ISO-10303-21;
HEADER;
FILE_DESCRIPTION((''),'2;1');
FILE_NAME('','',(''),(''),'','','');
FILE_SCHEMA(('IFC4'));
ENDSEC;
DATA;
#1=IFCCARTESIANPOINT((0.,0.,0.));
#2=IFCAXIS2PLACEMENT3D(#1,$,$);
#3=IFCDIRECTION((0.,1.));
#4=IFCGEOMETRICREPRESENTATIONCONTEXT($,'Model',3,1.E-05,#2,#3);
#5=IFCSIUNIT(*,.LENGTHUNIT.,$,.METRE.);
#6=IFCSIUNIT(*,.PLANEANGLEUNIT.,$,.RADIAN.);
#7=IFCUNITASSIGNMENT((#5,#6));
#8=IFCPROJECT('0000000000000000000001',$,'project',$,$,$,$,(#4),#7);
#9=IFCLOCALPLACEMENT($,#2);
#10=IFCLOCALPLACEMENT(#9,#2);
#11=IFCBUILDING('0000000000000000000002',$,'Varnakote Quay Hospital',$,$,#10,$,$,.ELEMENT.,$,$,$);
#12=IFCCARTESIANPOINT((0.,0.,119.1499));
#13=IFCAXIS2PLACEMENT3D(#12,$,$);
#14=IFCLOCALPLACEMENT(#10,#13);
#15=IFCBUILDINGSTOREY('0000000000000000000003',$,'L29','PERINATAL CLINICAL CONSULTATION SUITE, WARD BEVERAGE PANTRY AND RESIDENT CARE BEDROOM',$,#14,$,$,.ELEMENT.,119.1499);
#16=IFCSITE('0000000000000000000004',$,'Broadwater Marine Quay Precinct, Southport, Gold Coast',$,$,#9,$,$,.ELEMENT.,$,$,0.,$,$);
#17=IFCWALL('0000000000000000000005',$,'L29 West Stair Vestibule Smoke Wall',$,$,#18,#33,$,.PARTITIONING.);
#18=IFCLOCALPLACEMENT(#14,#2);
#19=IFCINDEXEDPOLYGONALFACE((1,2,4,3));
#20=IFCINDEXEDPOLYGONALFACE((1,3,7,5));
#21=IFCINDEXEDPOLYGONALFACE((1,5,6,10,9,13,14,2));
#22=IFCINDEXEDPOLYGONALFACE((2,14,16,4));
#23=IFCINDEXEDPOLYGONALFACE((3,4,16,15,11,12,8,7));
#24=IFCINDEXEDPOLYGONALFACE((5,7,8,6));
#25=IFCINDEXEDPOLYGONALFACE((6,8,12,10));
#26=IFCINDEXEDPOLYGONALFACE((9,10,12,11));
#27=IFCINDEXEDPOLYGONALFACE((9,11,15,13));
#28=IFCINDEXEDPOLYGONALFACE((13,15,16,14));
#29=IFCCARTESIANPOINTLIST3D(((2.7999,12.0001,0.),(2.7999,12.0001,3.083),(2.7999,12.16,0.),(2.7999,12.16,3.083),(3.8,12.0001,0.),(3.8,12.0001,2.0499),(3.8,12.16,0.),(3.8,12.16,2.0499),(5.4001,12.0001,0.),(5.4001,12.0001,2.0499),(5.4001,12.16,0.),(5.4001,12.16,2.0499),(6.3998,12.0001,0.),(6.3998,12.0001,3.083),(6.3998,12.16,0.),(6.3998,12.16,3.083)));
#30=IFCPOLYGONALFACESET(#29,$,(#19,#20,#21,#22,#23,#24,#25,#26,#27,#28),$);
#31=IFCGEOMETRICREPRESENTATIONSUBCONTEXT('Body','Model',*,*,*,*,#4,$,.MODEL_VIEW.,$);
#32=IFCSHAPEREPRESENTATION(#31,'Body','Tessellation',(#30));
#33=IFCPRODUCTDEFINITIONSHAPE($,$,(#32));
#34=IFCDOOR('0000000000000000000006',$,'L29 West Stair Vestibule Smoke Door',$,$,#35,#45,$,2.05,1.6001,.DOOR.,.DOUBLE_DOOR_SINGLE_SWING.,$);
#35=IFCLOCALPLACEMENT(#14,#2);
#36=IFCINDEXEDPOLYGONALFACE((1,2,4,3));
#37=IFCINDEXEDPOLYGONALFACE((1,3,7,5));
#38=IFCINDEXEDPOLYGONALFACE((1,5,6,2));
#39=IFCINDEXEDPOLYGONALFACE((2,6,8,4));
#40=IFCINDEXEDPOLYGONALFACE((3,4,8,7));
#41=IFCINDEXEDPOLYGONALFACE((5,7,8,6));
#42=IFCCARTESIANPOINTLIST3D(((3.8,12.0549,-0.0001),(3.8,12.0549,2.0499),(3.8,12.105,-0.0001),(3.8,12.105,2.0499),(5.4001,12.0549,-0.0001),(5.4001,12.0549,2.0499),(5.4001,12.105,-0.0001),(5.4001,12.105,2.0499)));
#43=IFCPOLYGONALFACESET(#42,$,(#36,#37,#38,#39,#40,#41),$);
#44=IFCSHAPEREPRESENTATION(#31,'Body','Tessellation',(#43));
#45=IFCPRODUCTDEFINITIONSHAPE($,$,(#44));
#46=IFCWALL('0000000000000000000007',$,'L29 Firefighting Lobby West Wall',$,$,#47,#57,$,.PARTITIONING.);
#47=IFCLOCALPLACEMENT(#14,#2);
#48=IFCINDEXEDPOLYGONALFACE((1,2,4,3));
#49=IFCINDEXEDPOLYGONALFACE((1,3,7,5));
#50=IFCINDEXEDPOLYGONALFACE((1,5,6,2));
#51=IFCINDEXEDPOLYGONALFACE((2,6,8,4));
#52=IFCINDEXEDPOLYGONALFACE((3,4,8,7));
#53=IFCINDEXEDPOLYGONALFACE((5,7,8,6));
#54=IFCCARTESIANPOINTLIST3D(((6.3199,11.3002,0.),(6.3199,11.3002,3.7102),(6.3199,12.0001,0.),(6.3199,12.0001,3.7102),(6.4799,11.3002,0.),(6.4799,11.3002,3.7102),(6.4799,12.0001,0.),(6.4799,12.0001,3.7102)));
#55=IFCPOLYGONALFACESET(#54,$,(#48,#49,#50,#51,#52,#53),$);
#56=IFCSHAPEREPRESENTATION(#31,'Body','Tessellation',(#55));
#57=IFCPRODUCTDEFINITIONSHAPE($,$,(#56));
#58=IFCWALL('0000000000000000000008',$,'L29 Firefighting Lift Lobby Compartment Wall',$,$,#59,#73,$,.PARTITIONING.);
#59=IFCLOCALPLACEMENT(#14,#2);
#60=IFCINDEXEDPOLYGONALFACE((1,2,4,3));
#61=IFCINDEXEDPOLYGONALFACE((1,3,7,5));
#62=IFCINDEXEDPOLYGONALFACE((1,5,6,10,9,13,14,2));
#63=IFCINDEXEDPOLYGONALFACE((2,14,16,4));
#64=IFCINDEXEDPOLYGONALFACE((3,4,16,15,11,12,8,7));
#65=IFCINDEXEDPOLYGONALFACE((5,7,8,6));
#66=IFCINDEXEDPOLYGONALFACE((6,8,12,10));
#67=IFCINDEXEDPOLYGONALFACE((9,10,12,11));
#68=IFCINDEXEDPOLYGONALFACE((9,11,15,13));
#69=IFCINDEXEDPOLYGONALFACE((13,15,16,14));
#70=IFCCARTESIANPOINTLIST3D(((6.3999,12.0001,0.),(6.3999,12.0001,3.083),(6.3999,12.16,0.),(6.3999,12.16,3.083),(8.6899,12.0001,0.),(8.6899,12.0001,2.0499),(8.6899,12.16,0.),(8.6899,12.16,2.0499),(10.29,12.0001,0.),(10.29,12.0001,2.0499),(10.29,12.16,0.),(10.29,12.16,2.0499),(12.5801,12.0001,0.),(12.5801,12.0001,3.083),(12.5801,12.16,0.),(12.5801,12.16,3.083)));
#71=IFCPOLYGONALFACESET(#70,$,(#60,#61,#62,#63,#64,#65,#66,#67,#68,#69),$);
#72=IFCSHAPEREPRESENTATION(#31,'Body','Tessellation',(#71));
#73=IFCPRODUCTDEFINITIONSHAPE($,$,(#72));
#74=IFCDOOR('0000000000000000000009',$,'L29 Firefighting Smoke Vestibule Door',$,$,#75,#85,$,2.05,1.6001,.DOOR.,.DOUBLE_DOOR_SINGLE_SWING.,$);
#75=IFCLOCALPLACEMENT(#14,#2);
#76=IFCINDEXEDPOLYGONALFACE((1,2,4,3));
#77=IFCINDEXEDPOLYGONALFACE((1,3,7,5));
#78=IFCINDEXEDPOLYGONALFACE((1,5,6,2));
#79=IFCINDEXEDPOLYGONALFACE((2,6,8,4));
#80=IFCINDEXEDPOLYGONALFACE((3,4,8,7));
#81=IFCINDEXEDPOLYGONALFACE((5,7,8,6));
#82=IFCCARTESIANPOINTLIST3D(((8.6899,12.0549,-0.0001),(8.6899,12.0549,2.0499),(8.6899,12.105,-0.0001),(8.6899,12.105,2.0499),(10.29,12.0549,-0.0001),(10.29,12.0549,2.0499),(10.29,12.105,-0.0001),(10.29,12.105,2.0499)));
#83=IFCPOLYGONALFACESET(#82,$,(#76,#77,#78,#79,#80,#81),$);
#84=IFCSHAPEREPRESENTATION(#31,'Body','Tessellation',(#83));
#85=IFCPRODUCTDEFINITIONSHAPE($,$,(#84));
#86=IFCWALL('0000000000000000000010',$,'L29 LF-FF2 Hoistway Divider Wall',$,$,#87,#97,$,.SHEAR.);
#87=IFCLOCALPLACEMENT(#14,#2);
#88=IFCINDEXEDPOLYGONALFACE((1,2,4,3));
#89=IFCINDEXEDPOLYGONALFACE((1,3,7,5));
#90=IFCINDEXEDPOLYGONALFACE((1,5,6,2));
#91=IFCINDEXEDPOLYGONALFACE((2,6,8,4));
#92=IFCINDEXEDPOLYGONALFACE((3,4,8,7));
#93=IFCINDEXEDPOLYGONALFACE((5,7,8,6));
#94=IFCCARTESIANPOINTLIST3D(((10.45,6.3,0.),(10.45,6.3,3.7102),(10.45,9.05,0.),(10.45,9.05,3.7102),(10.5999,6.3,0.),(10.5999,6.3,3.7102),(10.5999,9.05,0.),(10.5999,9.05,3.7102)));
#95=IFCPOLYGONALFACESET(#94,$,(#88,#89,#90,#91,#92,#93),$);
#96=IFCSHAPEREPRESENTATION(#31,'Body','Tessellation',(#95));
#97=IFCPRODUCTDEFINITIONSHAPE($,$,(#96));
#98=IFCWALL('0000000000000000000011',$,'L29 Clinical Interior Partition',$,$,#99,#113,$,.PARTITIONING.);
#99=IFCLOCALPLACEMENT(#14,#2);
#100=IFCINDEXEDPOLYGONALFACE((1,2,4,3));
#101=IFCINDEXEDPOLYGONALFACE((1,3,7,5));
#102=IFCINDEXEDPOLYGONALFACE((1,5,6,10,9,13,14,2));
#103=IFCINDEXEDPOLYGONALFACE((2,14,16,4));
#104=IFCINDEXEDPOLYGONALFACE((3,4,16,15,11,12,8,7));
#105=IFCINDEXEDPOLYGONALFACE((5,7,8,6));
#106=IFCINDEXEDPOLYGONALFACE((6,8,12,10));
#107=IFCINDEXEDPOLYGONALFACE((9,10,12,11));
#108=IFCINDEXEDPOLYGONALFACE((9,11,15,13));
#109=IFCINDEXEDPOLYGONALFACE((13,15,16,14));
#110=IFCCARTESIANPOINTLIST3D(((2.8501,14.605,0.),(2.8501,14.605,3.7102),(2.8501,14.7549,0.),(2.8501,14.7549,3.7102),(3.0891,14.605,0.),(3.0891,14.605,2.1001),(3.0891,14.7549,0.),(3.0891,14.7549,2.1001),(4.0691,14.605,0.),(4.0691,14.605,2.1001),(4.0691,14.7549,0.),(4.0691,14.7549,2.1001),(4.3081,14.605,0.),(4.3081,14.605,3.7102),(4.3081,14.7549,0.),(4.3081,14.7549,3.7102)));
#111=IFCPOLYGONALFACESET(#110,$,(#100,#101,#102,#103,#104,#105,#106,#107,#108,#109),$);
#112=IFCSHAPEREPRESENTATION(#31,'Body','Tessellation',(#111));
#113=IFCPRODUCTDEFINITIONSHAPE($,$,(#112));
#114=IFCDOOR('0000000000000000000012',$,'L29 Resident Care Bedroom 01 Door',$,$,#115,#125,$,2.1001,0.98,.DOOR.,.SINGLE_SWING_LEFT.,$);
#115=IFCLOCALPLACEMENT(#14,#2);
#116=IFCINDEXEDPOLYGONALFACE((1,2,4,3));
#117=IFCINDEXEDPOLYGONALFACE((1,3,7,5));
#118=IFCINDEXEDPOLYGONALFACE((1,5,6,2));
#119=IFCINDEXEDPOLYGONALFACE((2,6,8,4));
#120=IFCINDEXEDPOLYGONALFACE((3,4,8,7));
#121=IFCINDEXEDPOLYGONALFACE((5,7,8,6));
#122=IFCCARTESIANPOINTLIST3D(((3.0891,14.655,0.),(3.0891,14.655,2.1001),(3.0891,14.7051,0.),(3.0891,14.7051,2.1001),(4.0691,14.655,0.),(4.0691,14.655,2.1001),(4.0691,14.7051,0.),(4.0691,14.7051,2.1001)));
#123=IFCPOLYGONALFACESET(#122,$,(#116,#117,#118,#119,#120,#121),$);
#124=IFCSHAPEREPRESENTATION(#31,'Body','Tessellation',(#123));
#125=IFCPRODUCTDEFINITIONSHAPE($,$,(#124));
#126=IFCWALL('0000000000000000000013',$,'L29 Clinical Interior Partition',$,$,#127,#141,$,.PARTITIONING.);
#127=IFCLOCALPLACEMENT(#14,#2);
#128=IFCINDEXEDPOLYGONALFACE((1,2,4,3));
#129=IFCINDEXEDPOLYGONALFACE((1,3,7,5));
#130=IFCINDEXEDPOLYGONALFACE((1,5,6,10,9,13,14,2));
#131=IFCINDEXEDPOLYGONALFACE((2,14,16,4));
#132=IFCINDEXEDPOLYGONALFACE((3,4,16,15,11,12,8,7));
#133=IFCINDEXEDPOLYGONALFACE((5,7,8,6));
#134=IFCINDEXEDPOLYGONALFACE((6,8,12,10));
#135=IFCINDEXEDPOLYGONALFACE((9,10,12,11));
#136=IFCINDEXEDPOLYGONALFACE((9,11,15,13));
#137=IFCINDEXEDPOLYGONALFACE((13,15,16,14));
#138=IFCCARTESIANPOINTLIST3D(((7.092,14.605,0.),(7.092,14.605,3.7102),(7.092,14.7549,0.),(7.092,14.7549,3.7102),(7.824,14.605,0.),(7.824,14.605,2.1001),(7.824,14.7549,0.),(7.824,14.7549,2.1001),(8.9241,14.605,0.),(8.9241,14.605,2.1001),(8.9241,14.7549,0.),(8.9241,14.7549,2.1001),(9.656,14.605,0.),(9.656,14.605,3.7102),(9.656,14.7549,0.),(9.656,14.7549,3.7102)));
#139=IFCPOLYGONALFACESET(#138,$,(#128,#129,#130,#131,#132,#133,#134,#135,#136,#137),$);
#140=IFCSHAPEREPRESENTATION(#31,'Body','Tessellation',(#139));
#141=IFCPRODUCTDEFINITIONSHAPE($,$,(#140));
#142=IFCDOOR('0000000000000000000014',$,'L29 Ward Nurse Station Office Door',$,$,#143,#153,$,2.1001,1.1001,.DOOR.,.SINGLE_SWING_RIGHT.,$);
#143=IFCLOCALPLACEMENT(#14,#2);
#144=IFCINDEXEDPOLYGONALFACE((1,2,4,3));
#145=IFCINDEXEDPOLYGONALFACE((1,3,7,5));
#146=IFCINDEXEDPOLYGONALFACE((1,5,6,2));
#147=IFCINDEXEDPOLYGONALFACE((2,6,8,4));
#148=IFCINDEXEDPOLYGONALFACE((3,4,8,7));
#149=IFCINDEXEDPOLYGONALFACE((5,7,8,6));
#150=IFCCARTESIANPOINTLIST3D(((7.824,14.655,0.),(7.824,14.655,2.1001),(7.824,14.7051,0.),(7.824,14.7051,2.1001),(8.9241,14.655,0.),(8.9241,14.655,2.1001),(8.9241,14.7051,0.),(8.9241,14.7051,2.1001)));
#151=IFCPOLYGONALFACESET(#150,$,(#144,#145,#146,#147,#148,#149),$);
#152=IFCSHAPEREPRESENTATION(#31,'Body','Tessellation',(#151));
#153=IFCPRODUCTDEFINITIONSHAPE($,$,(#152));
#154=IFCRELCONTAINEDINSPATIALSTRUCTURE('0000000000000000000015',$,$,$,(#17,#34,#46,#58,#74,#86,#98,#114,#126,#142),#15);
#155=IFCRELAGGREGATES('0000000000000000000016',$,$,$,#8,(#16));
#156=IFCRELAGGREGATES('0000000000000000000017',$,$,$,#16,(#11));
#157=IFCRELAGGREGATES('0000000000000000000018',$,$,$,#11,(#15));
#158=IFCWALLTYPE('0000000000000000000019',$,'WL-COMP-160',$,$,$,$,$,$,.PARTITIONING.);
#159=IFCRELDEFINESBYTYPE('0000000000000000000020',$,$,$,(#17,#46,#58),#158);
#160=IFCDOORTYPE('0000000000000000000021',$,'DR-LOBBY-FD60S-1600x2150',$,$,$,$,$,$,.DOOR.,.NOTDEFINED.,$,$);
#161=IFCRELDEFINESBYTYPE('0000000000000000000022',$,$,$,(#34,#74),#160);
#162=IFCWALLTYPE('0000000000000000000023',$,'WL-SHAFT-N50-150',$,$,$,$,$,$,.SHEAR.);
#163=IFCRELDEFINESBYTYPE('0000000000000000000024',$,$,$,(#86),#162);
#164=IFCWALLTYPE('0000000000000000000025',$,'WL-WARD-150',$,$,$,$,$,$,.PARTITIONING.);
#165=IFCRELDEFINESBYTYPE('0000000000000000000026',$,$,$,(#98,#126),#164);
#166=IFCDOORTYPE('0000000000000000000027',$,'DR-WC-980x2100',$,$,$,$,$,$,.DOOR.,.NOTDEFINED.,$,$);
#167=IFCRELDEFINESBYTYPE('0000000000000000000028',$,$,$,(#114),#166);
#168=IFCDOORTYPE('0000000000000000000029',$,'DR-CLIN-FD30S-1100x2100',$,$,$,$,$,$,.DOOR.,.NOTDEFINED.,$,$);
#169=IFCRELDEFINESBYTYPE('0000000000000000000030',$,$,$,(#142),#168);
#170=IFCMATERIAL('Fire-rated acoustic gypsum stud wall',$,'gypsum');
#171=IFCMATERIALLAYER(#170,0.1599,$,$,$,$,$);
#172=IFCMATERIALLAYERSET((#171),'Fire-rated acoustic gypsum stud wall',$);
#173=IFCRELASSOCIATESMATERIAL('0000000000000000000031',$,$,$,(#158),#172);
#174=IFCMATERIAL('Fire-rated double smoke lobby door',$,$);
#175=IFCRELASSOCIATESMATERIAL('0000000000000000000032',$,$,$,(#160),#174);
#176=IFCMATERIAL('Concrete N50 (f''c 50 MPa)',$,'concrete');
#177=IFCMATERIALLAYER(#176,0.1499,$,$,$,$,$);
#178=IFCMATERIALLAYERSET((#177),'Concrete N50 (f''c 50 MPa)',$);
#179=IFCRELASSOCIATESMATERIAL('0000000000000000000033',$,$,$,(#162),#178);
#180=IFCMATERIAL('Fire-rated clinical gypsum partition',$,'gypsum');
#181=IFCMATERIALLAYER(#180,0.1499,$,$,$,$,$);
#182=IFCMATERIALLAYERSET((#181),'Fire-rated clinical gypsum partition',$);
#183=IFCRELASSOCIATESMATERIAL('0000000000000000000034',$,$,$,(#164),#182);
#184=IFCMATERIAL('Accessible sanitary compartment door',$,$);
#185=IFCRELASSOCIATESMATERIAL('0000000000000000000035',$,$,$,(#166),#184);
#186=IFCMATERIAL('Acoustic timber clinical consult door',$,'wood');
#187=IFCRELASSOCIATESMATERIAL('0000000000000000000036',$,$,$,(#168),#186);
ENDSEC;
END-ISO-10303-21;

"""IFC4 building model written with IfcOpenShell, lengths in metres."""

from ifc_helpers import new_model, si_unit, direction, frame, frame_2d, origin, place, context, subcontext, project, spatial, rectangle, extrude, material, layer, layer_set, type_object, element, fill, save


model = new_model("IFC4")

# Units and contexts
model_context = context("Model", 3, precision=1e-05, world=origin(), true_north=direction((0.0, 1.0)))
body_context = subcontext(model_context, "Body", "Model", "MODEL_VIEW")
ifc_project = project(units=[si_unit("LENGTHUNIT", "METRE"), si_unit("PLANEANGLEUNIT", "RADIAN")], contexts=[model_context])

# Site, building, storey
site_placement = place(None, origin())
site = spatial("IfcSite", under=ifc_project, at=site_placement, Name="Broadwater Marine Quay Precinct, Southport, Gold Coast", CompositionType="ELEMENT", RefElevation=0.0)
building_placement = place(site_placement, origin())
building = spatial("IfcBuilding", under=site, at=building_placement, Name="Varnakote Quay Hospital", CompositionType="ELEMENT")
storey_placement = place(building_placement, frame((0.0, 0.0, 119.1499)))
storey = spatial("IfcBuildingStorey", under=building, at=storey_placement, Name="L29", Description="PERINATAL CLINICAL CONSULTATION SUITE, WARD BEVERAGE PANTRY AND RESIDENT CARE BEDROOM", CompositionType="ELEMENT", Elevation=119.1499)

# Shared definitions
ifc_material_1 = material(Name="Fire-rated acoustic gypsum stud wall", Category="gypsum")
ifc_layer_1 = layer(ifc_material_1, 0.1599)
ifc_layer_set_1 = layer_set([ifc_layer_1], Name="Fire-rated acoustic gypsum stud wall")
wall_type_1 = type_object("IfcWallType", Name="WL-COMP-160", PredefinedType="PARTITIONING", material=ifc_layer_set_1)

# Wall, opening, door
wall_1_placement = place(storey_placement, frame((2.8, 12.0801, 0.0), z_axis=(0.0, 0.0, 1.0), x_axis=(1.0, 0.0, 0.0)))
wall_1 = element("IfcWall", 1, at=wall_1_placement, inside=storey, type_object=wall_type_1, Name="L29 West Stair Vestibule Smoke Wall", PredefinedType="PARTITIONING", context=body_context, shape_type="SweptSolid", body=[
    extrude(rectangle(XDim=3.5999, YDim=0.1599, at=frame_2d((1.7998, 0.0))), origin(), (0.0, 0.0, 1.0), 3.083),
])
opening_1_placement = place(wall_1_placement, frame((1.0, 0.0, 0.0)))
opening_1 = element("IfcOpeningElement", 2, at=opening_1_placement, cuts=wall_1, PredefinedType="OPENING", context=body_context, shape_type="SweptSolid", body=[
    extrude(rectangle(XDim=1.6001, YDim=2.05, at=frame_2d((0.8, 1.0249))), frame((0.0, 0.0898, 0.0), z_axis=(0.0, -1.0, 0.0), x_axis=(1.0, 0.0, 0.0)), (0.0, 0.0, 1.0), 0.1799),
])
ifc_material_2 = material(Name="Fire-rated double smoke lobby door")
door_type_1 = type_object("IfcDoorType", Name="DR-LOBBY-FD60S-1600x2150", OperationType="NOTDEFINED", PredefinedType="DOOR", material=ifc_material_2)
door_1_placement = place(opening_1_placement, origin())
door_1 = element("IfcDoor", 3, at=door_1_placement, inside=storey, type_object=door_type_1, Name="L29 West Stair Vestibule Smoke Door", OperationType="DOUBLE_DOOR_SINGLE_SWING", OverallHeight=2.05, OverallWidth=1.6001, PredefinedType="DOOR", context=body_context, shape_type="SweptSolid", body=[
    extrude(rectangle(XDim=1.6001, YDim=2.05, at=frame_2d((0.8, 1.0249))), frame((0.0, 0.0249, 0.0), z_axis=(0.0, -1.0, 0.0), x_axis=(1.0, 0.0, 0.0)), (0.0, 0.0, 1.0), 0.05),
])
fill(opening_1, door_1)

# Wall
wall_2_placement = place(storey_placement, frame((6.3999, 11.3, 0.0), z_axis=(0.0, 0.0, 1.0), x_axis=(0.0, 1.0, 0.0)))
element("IfcWall", 4, at=wall_2_placement, inside=storey, type_object=wall_type_1, Name="L29 Firefighting Lobby West Wall", PredefinedType="PARTITIONING", context=body_context, shape_type="SweptSolid", body=[
    extrude(rectangle(XDim=0.7, YDim=0.1599, at=frame_2d((0.3501, 0.0))), origin(), (0.0, 0.0, 1.0), 3.7102),
])

# Wall, opening, door
wall_3_placement = place(storey_placement, frame((6.3999, 12.0801, 0.0), z_axis=(0.0, 0.0, 1.0), x_axis=(1.0, 0.0, 0.0)))
wall_3 = element("IfcWall", 5, at=wall_3_placement, inside=storey, type_object=wall_type_1, Name="L29 Firefighting Lift Lobby Compartment Wall", PredefinedType="PARTITIONING", context=body_context, shape_type="SweptSolid", body=[
    extrude(rectangle(XDim=6.1802, YDim=0.1599, at=frame_2d((3.0901, 0.0))), origin(), (0.0, 0.0, 1.0), 3.083),
])
opening_2_placement = place(wall_3_placement, frame((2.29, 0.0, 0.0)))
opening_2 = element("IfcOpeningElement", 6, at=opening_2_placement, cuts=wall_3, PredefinedType="OPENING", context=body_context, shape_type="SweptSolid", body=[
    extrude(rectangle(XDim=1.6001, YDim=2.05, at=frame_2d((0.8, 1.0249))), frame((0.0, 0.0898, 0.0), z_axis=(0.0, -1.0, 0.0), x_axis=(1.0, 0.0, 0.0)), (0.0, 0.0, 1.0), 0.1799),
])
door_2_placement = place(opening_2_placement, origin())
door_2 = element("IfcDoor", 7, at=door_2_placement, inside=storey, type_object=door_type_1, Name="L29 Firefighting Smoke Vestibule Door", OperationType="DOUBLE_DOOR_SINGLE_SWING", OverallHeight=2.05, OverallWidth=1.6001, PredefinedType="DOOR", context=body_context, shape_type="SweptSolid", body=[
    extrude(rectangle(XDim=1.6001, YDim=2.05, at=frame_2d((0.8, 1.0249))), frame((0.0, 0.0249, 0.0), z_axis=(0.0, -1.0, 0.0), x_axis=(1.0, 0.0, 0.0)), (0.0, 0.0, 1.0), 0.05),
])
fill(opening_2, door_2)

# Wall
ifc_material_3 = material(Name="Concrete N50 (f'c 50 MPa)", Category="concrete")
ifc_layer_2 = layer(ifc_material_3, 0.1499)
ifc_layer_set_2 = layer_set([ifc_layer_2], Name="Concrete N50 (f'c 50 MPa)")
wall_type_2 = type_object("IfcWallType", Name="WL-SHAFT-N50-150", PredefinedType="SHEAR", material=ifc_layer_set_2)
wall_4_placement = place(storey_placement, frame((10.5249, 6.3, 0.0), z_axis=(0.0, 0.0, 1.0), x_axis=(0.0, 1.0, 0.0)))
element("IfcWall", 8, at=wall_4_placement, inside=storey, type_object=wall_type_2, Name="L29 LF-FF2 Hoistway Divider Wall", PredefinedType="SHEAR", context=body_context, shape_type="SweptSolid", body=[
    extrude(rectangle(XDim=2.75, YDim=0.1499, at=frame_2d((1.375, 0.0))), origin(), (0.0, 0.0, 1.0), 3.7102),
])

# Walls, openings, doors
ifc_material_4 = material(Name="Fire-rated clinical gypsum partition", Category="gypsum")
ifc_layer_3 = layer(ifc_material_4, 0.1499)
ifc_layer_set_3 = layer_set([ifc_layer_3], Name="Fire-rated clinical gypsum partition")
wall_type_3 = type_object("IfcWallType", Name="WL-WARD-150", PredefinedType="PARTITIONING", material=ifc_layer_set_3)
wall_5_placement = place(storey_placement, frame((4.3081, 14.6799, 0.0), z_axis=(0.0, 0.0, 1.0), x_axis=(-1.0, 0.0, 0.0)))
wall_5 = element("IfcWall", 9, at=wall_5_placement, inside=storey, type_object=wall_type_3, Name="L29 Clinical Interior Partition", PredefinedType="PARTITIONING", context=body_context, shape_type="SweptSolid", body=[
    extrude(rectangle(XDim=1.458, YDim=0.1499, at=frame_2d((0.729, 0.0))), origin(), (0.0, 0.0, 1.0), 3.7102),
])
opening_3_placement = place(wall_5_placement, frame((0.239, 0.0, 0.0)))
opening_3 = element("IfcOpeningElement", 10, at=opening_3_placement, cuts=wall_5, PredefinedType="OPENING", context=body_context, shape_type="SweptSolid", body=[
    extrude(rectangle(XDim=0.98, YDim=2.1001, at=frame_2d((0.49, 1.05))), frame((0.0, 0.085, 0.0), z_axis=(0.0, -1.0, 0.0), x_axis=(1.0, 0.0, 0.0)), (0.0, 0.0, 1.0), 0.1699),
])
ifc_material_5 = material(Name="Accessible sanitary compartment door")
door_type_2 = type_object("IfcDoorType", Name="DR-WC-980x2100", OperationType="NOTDEFINED", PredefinedType="DOOR", material=ifc_material_5)
door_3_placement = place(opening_3_placement, origin())
door_3 = element("IfcDoor", 11, at=door_3_placement, inside=storey, type_object=door_type_2, Name="L29 Resident Care Bedroom 01 Door", OperationType="SINGLE_SWING_LEFT", OverallHeight=2.1001, OverallWidth=0.98, PredefinedType="DOOR", context=body_context, shape_type="SweptSolid", body=[
    extrude(rectangle(XDim=0.98, YDim=2.1001, at=frame_2d((0.49, 1.05))), frame((0.0, 0.0249, 0.0), z_axis=(0.0, -1.0, 0.0), x_axis=(1.0, 0.0, 0.0)), (0.0, 0.0, 1.0), 0.05),
])
fill(opening_3, door_3)
wall_6_placement = place(storey_placement, frame((9.656, 14.6799, 0.0), z_axis=(0.0, 0.0, 1.0), x_axis=(-1.0, 0.0, 0.0)))
wall_6 = element("IfcWall", 12, at=wall_6_placement, inside=storey, type_object=wall_type_3, Name="L29 Clinical Interior Partition", PredefinedType="PARTITIONING", context=body_context, shape_type="SweptSolid", body=[
    extrude(rectangle(XDim=2.564, YDim=0.1499, at=frame_2d((1.282, 0.0))), origin(), (0.0, 0.0, 1.0), 3.7102),
])
opening_4_placement = place(wall_6_placement, frame((0.7319, 0.0, 0.0)))
opening_4 = element("IfcOpeningElement", 13, at=opening_4_placement, cuts=wall_6, PredefinedType="OPENING", context=body_context, shape_type="SweptSolid", body=[
    extrude(rectangle(XDim=1.1001, YDim=2.1001, at=frame_2d((0.55, 1.05))), frame((0.0, 0.085, 0.0), z_axis=(0.0, -1.0, 0.0), x_axis=(1.0, 0.0, 0.0)), (0.0, 0.0, 1.0), 0.1699),
])
ifc_material_6 = material(Name="Acoustic timber clinical consult door", Category="wood")
door_type_3 = type_object("IfcDoorType", Name="DR-CLIN-FD30S-1100x2100", OperationType="NOTDEFINED", PredefinedType="DOOR", material=ifc_material_6)
door_4_placement = place(opening_4_placement, origin())
door_4 = element("IfcDoor", 14, at=door_4_placement, inside=storey, type_object=door_type_3, Name="L29 Ward Nurse Station Office Door", OperationType="SINGLE_SWING_RIGHT", OverallHeight=2.1001, OverallWidth=1.1001, PredefinedType="DOOR", context=body_context, shape_type="SweptSolid", body=[
    extrude(rectangle(XDim=1.1001, YDim=2.1001, at=frame_2d((0.55, 1.05))), frame((0.0, 0.0249, 0.0), z_axis=(0.0, -1.0, 0.0), x_axis=(1.0, 0.0, 0.0)), (0.0, 0.0, 1.0), 0.05),
])
fill(opening_4, door_4)

save(model, "model.ifc")
